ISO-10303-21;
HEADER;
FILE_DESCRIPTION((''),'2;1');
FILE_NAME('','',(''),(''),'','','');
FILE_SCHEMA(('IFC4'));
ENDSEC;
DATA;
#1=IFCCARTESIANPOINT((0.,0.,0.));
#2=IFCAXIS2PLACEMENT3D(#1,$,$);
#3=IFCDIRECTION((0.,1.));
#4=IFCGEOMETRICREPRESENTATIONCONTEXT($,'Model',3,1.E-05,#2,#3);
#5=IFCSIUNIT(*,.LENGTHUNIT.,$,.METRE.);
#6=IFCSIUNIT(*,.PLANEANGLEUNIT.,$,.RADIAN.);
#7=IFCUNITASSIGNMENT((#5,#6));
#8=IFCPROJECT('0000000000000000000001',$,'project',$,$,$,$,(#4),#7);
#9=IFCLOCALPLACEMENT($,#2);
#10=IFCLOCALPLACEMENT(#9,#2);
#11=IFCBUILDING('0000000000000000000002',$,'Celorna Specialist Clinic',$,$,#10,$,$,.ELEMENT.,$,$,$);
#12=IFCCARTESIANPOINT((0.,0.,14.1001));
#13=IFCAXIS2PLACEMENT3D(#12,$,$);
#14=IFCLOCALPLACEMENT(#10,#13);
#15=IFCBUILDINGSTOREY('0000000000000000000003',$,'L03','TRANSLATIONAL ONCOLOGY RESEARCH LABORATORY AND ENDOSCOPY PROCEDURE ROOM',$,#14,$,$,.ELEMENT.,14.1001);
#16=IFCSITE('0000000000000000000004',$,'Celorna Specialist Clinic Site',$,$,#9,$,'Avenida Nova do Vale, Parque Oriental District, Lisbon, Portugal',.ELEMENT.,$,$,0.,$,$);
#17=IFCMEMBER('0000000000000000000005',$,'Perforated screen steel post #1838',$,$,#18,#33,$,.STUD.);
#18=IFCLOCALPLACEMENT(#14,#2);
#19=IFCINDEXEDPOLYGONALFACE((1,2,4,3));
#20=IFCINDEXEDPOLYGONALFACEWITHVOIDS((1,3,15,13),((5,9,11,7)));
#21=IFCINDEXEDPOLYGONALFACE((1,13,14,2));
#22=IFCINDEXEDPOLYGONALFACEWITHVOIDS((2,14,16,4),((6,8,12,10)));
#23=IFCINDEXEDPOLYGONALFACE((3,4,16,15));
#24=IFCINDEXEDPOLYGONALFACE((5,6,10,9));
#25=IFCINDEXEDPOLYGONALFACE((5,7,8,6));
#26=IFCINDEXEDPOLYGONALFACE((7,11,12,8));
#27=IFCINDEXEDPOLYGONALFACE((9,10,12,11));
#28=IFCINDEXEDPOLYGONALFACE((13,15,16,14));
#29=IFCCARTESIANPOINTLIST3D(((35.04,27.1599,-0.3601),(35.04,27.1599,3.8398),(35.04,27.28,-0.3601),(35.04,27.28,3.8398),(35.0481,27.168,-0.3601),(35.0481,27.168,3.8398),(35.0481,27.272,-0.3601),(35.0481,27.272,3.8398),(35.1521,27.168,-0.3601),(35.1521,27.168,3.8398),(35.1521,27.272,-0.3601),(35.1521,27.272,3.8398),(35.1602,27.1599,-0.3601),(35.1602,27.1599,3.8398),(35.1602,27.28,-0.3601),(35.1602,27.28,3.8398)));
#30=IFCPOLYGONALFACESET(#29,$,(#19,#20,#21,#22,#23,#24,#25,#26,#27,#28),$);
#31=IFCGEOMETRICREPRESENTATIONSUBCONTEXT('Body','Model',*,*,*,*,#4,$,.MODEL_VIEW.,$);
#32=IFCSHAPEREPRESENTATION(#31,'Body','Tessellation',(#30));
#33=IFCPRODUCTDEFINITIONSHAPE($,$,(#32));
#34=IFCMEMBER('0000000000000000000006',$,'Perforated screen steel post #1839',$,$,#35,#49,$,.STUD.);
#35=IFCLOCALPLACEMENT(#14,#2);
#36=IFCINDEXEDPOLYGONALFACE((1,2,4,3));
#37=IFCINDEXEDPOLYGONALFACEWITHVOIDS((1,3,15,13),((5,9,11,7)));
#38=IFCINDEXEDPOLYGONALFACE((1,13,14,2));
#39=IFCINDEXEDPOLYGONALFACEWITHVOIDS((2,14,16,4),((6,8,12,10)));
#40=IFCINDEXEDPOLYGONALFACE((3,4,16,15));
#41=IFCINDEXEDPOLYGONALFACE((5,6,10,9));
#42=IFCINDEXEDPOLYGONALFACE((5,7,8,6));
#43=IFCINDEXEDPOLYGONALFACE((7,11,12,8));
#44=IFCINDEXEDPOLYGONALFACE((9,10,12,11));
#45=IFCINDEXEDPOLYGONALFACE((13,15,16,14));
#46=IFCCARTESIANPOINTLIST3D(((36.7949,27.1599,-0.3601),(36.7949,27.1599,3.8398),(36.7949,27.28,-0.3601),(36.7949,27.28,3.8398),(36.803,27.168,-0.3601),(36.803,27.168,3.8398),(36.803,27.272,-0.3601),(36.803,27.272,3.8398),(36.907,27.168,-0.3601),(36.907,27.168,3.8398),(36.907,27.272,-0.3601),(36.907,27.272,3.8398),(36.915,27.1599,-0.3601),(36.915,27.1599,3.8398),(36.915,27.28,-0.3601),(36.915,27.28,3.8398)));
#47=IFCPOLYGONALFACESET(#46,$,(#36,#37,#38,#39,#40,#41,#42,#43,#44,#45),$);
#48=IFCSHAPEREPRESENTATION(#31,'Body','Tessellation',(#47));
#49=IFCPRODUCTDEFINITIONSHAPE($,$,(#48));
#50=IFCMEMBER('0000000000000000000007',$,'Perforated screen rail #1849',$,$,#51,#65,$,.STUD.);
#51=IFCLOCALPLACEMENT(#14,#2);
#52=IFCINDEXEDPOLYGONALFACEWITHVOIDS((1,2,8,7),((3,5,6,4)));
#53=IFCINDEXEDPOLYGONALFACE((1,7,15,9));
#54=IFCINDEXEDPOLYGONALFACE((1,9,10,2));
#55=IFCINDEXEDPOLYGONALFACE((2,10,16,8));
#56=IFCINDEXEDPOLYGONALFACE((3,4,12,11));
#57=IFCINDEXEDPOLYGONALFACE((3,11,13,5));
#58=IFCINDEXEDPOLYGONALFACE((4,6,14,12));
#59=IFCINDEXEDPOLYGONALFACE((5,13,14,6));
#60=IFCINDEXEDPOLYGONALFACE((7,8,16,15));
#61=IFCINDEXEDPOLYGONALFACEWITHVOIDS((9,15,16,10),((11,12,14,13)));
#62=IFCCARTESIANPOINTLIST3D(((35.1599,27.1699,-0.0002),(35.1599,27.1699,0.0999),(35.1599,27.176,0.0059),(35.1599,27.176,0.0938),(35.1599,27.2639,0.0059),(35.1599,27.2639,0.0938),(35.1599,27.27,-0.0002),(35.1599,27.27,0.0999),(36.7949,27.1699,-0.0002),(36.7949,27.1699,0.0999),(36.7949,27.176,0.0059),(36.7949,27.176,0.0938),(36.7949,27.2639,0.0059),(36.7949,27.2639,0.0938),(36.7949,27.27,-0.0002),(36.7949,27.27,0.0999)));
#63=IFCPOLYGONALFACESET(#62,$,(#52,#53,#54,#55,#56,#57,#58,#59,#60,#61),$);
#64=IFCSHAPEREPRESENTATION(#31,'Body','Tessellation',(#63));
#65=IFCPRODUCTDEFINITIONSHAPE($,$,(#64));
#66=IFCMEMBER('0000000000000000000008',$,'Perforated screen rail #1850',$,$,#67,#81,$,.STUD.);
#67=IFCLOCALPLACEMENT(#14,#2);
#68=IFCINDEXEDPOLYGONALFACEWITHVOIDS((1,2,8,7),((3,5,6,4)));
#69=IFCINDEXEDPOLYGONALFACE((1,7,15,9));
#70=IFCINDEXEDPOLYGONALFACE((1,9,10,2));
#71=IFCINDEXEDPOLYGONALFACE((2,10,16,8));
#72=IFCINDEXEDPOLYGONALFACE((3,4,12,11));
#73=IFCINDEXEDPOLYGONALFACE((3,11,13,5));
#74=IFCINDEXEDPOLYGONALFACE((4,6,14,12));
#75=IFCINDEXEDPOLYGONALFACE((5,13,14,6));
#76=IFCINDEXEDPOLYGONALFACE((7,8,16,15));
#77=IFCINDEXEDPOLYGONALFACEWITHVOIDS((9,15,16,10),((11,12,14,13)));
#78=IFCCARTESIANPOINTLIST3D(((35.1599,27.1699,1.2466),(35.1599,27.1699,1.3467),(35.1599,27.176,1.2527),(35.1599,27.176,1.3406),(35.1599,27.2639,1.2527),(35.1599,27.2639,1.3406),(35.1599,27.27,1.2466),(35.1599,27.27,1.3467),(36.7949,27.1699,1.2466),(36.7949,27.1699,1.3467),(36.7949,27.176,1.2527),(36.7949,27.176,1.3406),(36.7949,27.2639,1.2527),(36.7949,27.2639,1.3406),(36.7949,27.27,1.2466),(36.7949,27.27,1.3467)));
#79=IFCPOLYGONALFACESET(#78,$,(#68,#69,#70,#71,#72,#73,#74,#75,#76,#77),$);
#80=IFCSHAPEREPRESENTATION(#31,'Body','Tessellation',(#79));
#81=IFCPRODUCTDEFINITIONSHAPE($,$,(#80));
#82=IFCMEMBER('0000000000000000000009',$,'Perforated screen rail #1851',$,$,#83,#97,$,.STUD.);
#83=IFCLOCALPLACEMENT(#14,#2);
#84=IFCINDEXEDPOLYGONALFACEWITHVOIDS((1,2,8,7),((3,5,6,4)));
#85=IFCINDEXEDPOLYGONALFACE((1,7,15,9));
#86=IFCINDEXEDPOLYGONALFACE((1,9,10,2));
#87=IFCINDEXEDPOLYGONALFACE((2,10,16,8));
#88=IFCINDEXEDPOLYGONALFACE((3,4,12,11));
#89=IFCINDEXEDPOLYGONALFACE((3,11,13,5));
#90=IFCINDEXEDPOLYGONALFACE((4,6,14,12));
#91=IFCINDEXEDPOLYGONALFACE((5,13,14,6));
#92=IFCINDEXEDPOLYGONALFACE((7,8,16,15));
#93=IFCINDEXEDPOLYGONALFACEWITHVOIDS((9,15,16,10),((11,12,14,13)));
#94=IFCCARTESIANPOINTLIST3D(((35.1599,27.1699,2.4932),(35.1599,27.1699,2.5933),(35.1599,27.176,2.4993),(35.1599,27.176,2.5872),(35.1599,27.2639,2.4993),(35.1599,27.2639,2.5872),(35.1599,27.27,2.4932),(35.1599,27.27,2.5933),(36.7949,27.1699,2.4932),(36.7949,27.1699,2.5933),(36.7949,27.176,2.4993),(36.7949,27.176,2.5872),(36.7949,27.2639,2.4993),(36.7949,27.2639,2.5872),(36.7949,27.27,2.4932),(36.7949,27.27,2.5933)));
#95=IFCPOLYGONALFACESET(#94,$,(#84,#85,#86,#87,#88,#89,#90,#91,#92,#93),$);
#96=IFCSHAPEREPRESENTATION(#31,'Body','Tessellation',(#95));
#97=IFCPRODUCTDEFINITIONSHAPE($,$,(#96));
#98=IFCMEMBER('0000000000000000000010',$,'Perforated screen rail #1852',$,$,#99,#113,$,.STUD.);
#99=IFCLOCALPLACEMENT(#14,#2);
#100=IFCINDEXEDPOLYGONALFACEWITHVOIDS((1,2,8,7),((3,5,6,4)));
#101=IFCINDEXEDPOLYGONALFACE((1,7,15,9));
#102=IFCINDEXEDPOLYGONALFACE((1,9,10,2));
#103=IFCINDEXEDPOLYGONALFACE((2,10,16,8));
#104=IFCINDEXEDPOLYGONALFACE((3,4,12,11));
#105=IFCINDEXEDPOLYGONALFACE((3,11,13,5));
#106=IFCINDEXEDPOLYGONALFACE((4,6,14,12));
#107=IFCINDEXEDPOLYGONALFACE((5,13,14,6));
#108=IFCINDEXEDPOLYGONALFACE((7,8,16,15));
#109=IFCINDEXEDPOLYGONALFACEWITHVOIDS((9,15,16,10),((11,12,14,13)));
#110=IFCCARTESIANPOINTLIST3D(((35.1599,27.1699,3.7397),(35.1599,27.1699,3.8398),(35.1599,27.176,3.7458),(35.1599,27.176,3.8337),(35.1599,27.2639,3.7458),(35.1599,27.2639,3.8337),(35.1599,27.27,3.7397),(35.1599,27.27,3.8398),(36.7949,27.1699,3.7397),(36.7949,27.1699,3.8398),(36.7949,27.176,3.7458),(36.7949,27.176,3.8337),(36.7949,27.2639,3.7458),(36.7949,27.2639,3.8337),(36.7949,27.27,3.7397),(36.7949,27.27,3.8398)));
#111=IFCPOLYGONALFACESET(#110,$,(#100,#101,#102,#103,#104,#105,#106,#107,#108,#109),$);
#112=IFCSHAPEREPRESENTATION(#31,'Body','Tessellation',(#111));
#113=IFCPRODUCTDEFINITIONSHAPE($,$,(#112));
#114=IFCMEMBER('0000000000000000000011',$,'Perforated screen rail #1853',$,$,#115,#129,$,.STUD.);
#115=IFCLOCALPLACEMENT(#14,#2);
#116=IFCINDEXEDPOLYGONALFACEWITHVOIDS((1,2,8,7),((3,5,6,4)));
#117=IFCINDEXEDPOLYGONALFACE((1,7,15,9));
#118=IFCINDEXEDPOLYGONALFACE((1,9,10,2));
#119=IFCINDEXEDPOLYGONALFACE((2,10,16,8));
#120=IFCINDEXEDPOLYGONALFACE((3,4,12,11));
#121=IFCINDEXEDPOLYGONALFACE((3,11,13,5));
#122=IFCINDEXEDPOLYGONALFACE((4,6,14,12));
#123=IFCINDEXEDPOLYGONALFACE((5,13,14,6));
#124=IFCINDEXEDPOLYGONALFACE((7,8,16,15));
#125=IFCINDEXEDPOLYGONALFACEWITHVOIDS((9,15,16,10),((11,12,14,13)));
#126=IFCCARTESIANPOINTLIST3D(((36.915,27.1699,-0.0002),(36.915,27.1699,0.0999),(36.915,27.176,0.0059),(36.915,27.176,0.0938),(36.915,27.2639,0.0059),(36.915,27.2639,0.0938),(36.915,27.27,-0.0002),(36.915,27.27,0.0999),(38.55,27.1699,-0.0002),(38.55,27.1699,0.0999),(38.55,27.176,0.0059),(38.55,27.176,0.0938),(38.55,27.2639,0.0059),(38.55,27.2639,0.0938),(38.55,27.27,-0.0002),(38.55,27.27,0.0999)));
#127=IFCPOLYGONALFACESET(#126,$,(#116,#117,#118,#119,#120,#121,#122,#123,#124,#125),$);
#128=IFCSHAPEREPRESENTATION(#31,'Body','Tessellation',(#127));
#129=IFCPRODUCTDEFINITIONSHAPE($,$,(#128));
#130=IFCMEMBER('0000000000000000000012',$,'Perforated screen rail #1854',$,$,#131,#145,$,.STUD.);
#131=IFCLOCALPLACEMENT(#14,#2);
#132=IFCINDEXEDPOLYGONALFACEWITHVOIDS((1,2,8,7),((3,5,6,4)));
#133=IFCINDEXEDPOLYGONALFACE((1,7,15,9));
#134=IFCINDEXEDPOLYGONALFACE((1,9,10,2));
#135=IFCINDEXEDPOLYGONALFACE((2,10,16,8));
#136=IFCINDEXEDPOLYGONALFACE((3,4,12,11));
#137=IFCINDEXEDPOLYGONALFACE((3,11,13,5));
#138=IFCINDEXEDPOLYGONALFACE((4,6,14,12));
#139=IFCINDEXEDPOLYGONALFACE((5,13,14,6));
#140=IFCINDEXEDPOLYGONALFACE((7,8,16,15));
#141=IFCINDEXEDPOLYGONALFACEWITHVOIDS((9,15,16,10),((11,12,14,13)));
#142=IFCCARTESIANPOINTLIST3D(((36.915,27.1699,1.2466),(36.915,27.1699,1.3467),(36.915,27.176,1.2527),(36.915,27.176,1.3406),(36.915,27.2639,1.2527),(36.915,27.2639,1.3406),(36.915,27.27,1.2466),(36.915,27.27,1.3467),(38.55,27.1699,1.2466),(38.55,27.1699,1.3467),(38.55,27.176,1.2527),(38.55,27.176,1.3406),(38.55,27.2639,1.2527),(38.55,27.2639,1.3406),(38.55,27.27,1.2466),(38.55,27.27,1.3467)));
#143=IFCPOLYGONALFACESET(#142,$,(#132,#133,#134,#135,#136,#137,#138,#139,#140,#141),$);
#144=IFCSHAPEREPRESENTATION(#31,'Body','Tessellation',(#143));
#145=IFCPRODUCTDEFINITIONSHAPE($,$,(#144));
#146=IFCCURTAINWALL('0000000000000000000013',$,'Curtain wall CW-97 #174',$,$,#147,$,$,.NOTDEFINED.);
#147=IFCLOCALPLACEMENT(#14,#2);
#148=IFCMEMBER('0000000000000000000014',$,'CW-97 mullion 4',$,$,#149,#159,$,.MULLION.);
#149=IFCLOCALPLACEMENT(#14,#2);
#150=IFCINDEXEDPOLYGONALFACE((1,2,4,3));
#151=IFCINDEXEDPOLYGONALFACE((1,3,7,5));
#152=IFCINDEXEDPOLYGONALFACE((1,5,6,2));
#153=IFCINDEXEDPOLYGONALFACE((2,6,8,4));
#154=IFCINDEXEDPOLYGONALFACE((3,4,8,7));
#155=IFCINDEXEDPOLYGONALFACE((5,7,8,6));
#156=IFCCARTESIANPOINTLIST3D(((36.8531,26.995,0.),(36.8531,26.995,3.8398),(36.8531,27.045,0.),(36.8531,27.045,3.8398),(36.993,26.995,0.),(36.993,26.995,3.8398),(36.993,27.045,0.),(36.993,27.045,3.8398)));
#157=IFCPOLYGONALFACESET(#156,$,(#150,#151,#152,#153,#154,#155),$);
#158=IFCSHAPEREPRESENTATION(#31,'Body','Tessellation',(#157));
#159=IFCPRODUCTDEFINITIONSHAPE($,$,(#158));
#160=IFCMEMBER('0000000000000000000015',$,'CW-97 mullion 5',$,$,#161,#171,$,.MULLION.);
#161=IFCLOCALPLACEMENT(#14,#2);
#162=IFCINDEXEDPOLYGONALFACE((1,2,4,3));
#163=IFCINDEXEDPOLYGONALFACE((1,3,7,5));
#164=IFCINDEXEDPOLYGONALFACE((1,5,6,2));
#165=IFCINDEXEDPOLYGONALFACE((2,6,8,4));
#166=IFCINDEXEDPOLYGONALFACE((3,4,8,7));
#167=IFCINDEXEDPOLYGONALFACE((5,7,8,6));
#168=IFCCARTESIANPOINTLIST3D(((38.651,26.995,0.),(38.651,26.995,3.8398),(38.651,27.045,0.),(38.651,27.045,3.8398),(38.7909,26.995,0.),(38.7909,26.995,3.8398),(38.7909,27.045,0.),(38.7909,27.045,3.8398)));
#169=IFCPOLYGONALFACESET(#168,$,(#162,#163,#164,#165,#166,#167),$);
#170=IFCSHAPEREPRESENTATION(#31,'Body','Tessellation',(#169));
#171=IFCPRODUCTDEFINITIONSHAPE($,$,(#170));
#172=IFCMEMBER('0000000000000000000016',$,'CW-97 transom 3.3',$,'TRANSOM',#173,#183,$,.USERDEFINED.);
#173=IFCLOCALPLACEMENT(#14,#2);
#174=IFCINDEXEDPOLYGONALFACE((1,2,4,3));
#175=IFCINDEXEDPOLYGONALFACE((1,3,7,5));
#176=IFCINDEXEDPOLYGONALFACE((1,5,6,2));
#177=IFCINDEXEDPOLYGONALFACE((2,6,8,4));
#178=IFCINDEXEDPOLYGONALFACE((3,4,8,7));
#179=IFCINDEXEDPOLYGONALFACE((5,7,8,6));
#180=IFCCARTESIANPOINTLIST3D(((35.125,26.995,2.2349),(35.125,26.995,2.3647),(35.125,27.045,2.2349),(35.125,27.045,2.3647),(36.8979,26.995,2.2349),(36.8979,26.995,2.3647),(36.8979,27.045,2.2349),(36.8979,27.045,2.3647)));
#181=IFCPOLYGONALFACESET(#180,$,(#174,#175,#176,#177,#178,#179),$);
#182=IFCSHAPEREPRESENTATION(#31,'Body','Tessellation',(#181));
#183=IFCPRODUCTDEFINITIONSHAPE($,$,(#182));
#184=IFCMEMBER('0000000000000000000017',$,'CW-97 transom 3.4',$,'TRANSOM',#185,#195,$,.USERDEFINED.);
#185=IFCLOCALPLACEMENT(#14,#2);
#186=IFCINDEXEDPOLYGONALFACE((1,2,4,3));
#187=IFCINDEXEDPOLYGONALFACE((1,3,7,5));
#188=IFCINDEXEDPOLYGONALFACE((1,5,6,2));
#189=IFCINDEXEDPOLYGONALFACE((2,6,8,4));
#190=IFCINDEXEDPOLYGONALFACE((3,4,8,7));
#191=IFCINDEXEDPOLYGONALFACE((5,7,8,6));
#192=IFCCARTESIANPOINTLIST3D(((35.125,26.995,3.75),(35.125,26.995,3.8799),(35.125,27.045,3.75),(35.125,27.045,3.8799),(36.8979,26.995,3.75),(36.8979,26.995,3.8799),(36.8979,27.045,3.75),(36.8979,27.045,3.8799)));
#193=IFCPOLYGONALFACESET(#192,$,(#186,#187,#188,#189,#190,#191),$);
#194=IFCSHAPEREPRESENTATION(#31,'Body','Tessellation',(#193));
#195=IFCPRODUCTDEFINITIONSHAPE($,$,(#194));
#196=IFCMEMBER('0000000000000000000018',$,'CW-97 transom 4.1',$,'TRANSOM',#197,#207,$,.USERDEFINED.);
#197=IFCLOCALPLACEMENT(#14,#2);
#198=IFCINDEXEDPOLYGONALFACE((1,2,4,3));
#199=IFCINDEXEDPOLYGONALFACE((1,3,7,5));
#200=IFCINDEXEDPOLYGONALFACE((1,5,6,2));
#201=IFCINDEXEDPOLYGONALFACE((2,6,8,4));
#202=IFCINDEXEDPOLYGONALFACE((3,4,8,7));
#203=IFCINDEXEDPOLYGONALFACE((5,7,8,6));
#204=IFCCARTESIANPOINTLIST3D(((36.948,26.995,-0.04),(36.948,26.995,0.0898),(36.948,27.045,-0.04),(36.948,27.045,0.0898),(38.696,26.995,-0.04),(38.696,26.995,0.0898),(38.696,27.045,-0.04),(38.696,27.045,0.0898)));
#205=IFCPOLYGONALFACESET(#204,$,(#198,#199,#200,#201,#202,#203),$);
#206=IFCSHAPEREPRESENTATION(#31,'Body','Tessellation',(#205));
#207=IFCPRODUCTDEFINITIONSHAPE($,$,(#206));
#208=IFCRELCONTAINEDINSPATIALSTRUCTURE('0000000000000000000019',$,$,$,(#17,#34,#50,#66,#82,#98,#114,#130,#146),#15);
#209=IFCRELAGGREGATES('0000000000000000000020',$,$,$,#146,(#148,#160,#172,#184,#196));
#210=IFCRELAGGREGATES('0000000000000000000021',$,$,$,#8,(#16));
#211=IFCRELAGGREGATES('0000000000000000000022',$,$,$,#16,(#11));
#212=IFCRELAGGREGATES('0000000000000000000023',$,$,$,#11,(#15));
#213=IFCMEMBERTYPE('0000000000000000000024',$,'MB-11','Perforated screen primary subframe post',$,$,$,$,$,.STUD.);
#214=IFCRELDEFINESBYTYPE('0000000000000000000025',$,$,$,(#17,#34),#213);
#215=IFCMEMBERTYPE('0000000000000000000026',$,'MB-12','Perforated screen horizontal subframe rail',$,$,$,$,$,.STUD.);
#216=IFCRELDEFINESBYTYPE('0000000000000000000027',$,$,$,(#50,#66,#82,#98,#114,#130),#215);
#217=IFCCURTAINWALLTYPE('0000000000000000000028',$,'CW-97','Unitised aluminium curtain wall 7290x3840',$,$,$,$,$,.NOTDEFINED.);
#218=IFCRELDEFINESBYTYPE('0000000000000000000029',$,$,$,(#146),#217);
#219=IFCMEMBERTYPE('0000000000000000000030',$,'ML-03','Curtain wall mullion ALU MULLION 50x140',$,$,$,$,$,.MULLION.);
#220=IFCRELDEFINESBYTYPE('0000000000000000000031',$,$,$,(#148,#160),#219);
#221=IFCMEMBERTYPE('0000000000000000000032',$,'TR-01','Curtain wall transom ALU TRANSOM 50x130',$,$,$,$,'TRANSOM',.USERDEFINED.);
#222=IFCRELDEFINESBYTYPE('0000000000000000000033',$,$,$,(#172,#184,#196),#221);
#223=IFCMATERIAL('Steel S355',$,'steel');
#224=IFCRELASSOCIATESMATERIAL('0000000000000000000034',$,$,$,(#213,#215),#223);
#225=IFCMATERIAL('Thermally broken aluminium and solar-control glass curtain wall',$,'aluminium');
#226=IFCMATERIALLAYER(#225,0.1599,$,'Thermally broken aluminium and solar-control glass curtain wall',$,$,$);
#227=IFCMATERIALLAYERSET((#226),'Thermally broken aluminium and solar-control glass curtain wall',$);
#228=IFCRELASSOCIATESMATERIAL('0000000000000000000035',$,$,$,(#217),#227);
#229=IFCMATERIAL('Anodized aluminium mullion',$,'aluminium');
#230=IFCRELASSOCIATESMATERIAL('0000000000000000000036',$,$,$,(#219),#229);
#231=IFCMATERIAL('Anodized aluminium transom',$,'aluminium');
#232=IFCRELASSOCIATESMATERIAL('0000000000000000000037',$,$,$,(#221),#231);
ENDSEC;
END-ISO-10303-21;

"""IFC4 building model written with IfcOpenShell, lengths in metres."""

from ifc_helpers import new_model, si_unit, direction, frame, origin, origin_2d, place, context, subcontext, project, spatial, rectangle, hollow_rectangle, extrude, material, layer, layer_set, material_profile, profile_set, type_object, element, aggregate, save


model = new_model("IFC4")

# Units and contexts
model_context = context("Model", 3, precision=1e-05, world=origin(), true_north=direction((0.0, 1.0)))
body_context = subcontext(model_context, "Body", "Model", "MODEL_VIEW")
ifc_project = project(units=[si_unit("LENGTHUNIT", "METRE"), si_unit("PLANEANGLEUNIT", "RADIAN")], contexts=[model_context])

# Site, building, storey
site_placement = place(None, origin())
site = spatial("IfcSite", under=ifc_project, at=site_placement, Name="Celorna Specialist Clinic Site", LongName="Avenida Nova do Vale, Parque Oriental District, Lisbon, Portugal", CompositionType="ELEMENT", RefElevation=0.0)
building_placement = place(site_placement, origin())
building = spatial("IfcBuilding", under=site, at=building_placement, Name="Celorna Specialist Clinic", CompositionType="ELEMENT")
storey_placement = place(building_placement, frame((0.0, 0.0, 14.1001)))
storey = spatial("IfcBuildingStorey", under=building, at=storey_placement, Name="L03", Description="TRANSLATIONAL ONCOLOGY RESEARCH LABORATORY AND ENDOSCOPY PROCEDURE ROOM", CompositionType="ELEMENT", Elevation=14.1001)

# Members
ifc_material_1 = material(Name="Steel S355", Category="steel")
ifc_material_profile_1 = material_profile(ifc_material_1, hollow_rectangle(XDim=0.1201, YDim=0.1201, WallThickness=0.0081, at=origin_2d()), Name="SHS 120x120x8")
ifc_profile_set_1 = profile_set([ifc_material_profile_1], Name="Steel S355")
member_type_1 = type_object("IfcMemberType", Name="MB-11", Description="Perforated screen primary subframe post", PredefinedType="STUD", material=ifc_profile_set_1)
for number, where, z_axis, x_axis, name in (
    (1, (35.1001, 27.22, -0.3601), (0.0, 0.0, 1.0), (1.0, 0.0, 0.0), "Perforated screen steel post #1838"),
    (2, (36.855, 27.22, -0.3601), (0.0, 0.0, 1.0), (1.0, 0.0, 0.0), "Perforated screen steel post #1839"),
):
    element("IfcMember", number, at=place(storey_placement, frame(where, z_axis=z_axis, x_axis=x_axis)), inside=storey, type_object=member_type_1, Name=name, PredefinedType="STUD", context=body_context, shape_type="SweptSolid", body=[
        extrude(hollow_rectangle(XDim=0.1201, YDim=0.1201, WallThickness=0.0081, at=origin_2d()), origin(), (0.0, 0.0, 1.0), 4.2),
    ])
ifc_material_profile_2 = material_profile(ifc_material_1, hollow_rectangle(XDim=0.1001, YDim=0.1001, WallThickness=0.0061, at=origin_2d()), Name="SHS 100x100x6")
ifc_profile_set_2 = profile_set([ifc_material_profile_2], Name="Steel S355")
member_type_2 = type_object("IfcMemberType", Name="MB-12", Description="Perforated screen horizontal subframe rail", PredefinedType="STUD", material=ifc_profile_set_2)
for number, where, z_axis, x_axis, name in (
    (3, (35.1599, 27.22, 0.0498), (1.0, 0.0, 0.0), (0.0, 1.0, 0.0), "Perforated screen rail #1849"),
    (4, (35.1599, 27.22, 1.2966), (1.0, 0.0, 0.0), (0.0, 1.0, 0.0), "Perforated screen rail #1850"),
    (5, (35.1599, 27.22, 2.5432), (1.0, 0.0, 0.0), (0.0, 1.0, 0.0), "Perforated screen rail #1851"),
    (6, (35.1599, 27.22, 3.7898), (1.0, 0.0, 0.0), (0.0, 1.0, 0.0), "Perforated screen rail #1852"),
    (7, (36.915, 27.22, 0.0498), (1.0, 0.0, 0.0), (0.0, 1.0, 0.0), "Perforated screen rail #1853"),
    (8, (36.915, 27.22, 1.2966), (1.0, 0.0, 0.0), (0.0, 1.0, 0.0), "Perforated screen rail #1854"),
):
    element("IfcMember", number, at=place(storey_placement, frame(where, z_axis=z_axis, x_axis=x_axis)), inside=storey, type_object=member_type_2, Name=name, PredefinedType="STUD", context=body_context, shape_type="SweptSolid", body=[
        extrude(hollow_rectangle(XDim=0.1001, YDim=0.1001, WallThickness=0.0061, at=origin_2d()), origin(), (0.0, 0.0, 1.0), 1.635),
    ])

# Curtain wall, members
ifc_material_2 = material(Name="Thermally broken aluminium and solar-control glass curtain wall", Category="aluminium")
ifc_layer_1 = layer(ifc_material_2, 0.1599, Name="Thermally broken aluminium and solar-control glass curtain wall")
ifc_layer_set_1 = layer_set([ifc_layer_1], Name="Thermally broken aluminium and solar-control glass curtain wall")
curtain_wall_type = type_object("IfcCurtainWallType", Name="CW-97", Description="Unitised aluminium curtain wall 7290x3840", PredefinedType="NOTDEFINED", material=ifc_layer_set_1)
curtain_wall_placement = place(storey_placement, origin())
curtain_wall = element("IfcCurtainWall", 9, at=curtain_wall_placement, inside=storey, type_object=curtain_wall_type, Name="Curtain wall CW-97 #174", PredefinedType="NOTDEFINED")
ifc_material_3 = material(Name="Anodized aluminium mullion", Category="aluminium")
ifc_material_profile_3 = material_profile(ifc_material_3, rectangle(XDim=0.05, YDim=0.1399, at=origin_2d()), Name="ALU MULLION 50x140")
ifc_profile_set_3 = profile_set([ifc_material_profile_3], Name="Anodized aluminium mullion")
member_type_3 = type_object("IfcMemberType", Name="ML-03", Description="Curtain wall mullion ALU MULLION 50x140", PredefinedType="MULLION", material=ifc_profile_set_3)
member_1_placement = place(storey_placement, frame((36.9231, 27.02, 0.0), z_axis=(0.0, 0.0, 1.0), x_axis=(0.0, 1.0, 0.0)))
member_1 = element("IfcMember", 10, at=member_1_placement, type_object=member_type_3, Name="CW-97 mullion 4", PredefinedType="MULLION", context=body_context, shape_type="SweptSolid", body=[
    extrude(rectangle(XDim=0.05, YDim=0.1399, at=origin_2d()), origin(), (0.0, 0.0, 1.0), 3.8398),
])
member_2_placement = place(storey_placement, frame((38.7209, 27.02, 0.0), z_axis=(0.0, 0.0, 1.0), x_axis=(0.0, 1.0, 0.0)))
member_2 = element("IfcMember", 11, at=member_2_placement, type_object=member_type_3, Name="CW-97 mullion 5", PredefinedType="MULLION", context=body_context, shape_type="SweptSolid", body=[
    extrude(rectangle(XDim=0.05, YDim=0.1399, at=origin_2d()), origin(), (0.0, 0.0, 1.0), 3.8398),
])
ifc_material_4 = material(Name="Anodized aluminium transom", Category="aluminium")
ifc_material_profile_4 = material_profile(ifc_material_4, rectangle(XDim=0.05, YDim=0.1299, at=origin_2d()), Name="ALU TRANSOM 50x130")
ifc_profile_set_4 = profile_set([ifc_material_profile_4], Name="Anodized aluminium transom")
member_type_4 = type_object("IfcMemberType", Name="TR-01", Description="Curtain wall transom ALU TRANSOM 50x130", ElementType="TRANSOM", PredefinedType="USERDEFINED", material=ifc_profile_set_4)
member_3_placement = place(storey_placement, frame((35.125, 27.02, 2.2998), z_axis=(1.0, 0.0, 0.0), x_axis=(0.0, 1.0, 0.0)))
member_3 = element("IfcMember", 12, at=member_3_placement, type_object=member_type_4, Name="CW-97 transom 3.3", ObjectType="TRANSOM", PredefinedType="USERDEFINED", context=body_context, shape_type="SweptSolid", body=[
    extrude(rectangle(XDim=0.05, YDim=0.1299, at=origin_2d()), origin(), (0.0, 0.0, 1.0), 1.7729),
])
member_4_placement = place(storey_placement, frame((35.125, 27.02, 3.8149), z_axis=(1.0, 0.0, 0.0), x_axis=(0.0, 1.0, 0.0)))
member_4 = element("IfcMember", 13, at=member_4_placement, type_object=member_type_4, Name="CW-97 transom 3.4", ObjectType="TRANSOM", PredefinedType="USERDEFINED", context=body_context, shape_type="SweptSolid", body=[
    extrude(rectangle(XDim=0.05, YDim=0.1299, at=origin_2d()), origin(), (0.0, 0.0, 1.0), 1.7729),
])
member_5_placement = place(storey_placement, frame((36.948, 27.02, 0.0249), z_axis=(1.0, 0.0, 0.0), x_axis=(0.0, 1.0, 0.0)))
member_5 = element("IfcMember", 14, at=member_5_placement, type_object=member_type_4, Name="CW-97 transom 4.1", ObjectType="TRANSOM", PredefinedType="USERDEFINED", context=body_context, shape_type="SweptSolid", body=[
    extrude(rectangle(XDim=0.05, YDim=0.1299, at=origin_2d()), origin(), (0.0, 0.0, 1.0), 1.748),
])
aggregate(curtain_wall, [member_1, member_2, member_3, member_4, member_5])

save(model, "model.ifc")
